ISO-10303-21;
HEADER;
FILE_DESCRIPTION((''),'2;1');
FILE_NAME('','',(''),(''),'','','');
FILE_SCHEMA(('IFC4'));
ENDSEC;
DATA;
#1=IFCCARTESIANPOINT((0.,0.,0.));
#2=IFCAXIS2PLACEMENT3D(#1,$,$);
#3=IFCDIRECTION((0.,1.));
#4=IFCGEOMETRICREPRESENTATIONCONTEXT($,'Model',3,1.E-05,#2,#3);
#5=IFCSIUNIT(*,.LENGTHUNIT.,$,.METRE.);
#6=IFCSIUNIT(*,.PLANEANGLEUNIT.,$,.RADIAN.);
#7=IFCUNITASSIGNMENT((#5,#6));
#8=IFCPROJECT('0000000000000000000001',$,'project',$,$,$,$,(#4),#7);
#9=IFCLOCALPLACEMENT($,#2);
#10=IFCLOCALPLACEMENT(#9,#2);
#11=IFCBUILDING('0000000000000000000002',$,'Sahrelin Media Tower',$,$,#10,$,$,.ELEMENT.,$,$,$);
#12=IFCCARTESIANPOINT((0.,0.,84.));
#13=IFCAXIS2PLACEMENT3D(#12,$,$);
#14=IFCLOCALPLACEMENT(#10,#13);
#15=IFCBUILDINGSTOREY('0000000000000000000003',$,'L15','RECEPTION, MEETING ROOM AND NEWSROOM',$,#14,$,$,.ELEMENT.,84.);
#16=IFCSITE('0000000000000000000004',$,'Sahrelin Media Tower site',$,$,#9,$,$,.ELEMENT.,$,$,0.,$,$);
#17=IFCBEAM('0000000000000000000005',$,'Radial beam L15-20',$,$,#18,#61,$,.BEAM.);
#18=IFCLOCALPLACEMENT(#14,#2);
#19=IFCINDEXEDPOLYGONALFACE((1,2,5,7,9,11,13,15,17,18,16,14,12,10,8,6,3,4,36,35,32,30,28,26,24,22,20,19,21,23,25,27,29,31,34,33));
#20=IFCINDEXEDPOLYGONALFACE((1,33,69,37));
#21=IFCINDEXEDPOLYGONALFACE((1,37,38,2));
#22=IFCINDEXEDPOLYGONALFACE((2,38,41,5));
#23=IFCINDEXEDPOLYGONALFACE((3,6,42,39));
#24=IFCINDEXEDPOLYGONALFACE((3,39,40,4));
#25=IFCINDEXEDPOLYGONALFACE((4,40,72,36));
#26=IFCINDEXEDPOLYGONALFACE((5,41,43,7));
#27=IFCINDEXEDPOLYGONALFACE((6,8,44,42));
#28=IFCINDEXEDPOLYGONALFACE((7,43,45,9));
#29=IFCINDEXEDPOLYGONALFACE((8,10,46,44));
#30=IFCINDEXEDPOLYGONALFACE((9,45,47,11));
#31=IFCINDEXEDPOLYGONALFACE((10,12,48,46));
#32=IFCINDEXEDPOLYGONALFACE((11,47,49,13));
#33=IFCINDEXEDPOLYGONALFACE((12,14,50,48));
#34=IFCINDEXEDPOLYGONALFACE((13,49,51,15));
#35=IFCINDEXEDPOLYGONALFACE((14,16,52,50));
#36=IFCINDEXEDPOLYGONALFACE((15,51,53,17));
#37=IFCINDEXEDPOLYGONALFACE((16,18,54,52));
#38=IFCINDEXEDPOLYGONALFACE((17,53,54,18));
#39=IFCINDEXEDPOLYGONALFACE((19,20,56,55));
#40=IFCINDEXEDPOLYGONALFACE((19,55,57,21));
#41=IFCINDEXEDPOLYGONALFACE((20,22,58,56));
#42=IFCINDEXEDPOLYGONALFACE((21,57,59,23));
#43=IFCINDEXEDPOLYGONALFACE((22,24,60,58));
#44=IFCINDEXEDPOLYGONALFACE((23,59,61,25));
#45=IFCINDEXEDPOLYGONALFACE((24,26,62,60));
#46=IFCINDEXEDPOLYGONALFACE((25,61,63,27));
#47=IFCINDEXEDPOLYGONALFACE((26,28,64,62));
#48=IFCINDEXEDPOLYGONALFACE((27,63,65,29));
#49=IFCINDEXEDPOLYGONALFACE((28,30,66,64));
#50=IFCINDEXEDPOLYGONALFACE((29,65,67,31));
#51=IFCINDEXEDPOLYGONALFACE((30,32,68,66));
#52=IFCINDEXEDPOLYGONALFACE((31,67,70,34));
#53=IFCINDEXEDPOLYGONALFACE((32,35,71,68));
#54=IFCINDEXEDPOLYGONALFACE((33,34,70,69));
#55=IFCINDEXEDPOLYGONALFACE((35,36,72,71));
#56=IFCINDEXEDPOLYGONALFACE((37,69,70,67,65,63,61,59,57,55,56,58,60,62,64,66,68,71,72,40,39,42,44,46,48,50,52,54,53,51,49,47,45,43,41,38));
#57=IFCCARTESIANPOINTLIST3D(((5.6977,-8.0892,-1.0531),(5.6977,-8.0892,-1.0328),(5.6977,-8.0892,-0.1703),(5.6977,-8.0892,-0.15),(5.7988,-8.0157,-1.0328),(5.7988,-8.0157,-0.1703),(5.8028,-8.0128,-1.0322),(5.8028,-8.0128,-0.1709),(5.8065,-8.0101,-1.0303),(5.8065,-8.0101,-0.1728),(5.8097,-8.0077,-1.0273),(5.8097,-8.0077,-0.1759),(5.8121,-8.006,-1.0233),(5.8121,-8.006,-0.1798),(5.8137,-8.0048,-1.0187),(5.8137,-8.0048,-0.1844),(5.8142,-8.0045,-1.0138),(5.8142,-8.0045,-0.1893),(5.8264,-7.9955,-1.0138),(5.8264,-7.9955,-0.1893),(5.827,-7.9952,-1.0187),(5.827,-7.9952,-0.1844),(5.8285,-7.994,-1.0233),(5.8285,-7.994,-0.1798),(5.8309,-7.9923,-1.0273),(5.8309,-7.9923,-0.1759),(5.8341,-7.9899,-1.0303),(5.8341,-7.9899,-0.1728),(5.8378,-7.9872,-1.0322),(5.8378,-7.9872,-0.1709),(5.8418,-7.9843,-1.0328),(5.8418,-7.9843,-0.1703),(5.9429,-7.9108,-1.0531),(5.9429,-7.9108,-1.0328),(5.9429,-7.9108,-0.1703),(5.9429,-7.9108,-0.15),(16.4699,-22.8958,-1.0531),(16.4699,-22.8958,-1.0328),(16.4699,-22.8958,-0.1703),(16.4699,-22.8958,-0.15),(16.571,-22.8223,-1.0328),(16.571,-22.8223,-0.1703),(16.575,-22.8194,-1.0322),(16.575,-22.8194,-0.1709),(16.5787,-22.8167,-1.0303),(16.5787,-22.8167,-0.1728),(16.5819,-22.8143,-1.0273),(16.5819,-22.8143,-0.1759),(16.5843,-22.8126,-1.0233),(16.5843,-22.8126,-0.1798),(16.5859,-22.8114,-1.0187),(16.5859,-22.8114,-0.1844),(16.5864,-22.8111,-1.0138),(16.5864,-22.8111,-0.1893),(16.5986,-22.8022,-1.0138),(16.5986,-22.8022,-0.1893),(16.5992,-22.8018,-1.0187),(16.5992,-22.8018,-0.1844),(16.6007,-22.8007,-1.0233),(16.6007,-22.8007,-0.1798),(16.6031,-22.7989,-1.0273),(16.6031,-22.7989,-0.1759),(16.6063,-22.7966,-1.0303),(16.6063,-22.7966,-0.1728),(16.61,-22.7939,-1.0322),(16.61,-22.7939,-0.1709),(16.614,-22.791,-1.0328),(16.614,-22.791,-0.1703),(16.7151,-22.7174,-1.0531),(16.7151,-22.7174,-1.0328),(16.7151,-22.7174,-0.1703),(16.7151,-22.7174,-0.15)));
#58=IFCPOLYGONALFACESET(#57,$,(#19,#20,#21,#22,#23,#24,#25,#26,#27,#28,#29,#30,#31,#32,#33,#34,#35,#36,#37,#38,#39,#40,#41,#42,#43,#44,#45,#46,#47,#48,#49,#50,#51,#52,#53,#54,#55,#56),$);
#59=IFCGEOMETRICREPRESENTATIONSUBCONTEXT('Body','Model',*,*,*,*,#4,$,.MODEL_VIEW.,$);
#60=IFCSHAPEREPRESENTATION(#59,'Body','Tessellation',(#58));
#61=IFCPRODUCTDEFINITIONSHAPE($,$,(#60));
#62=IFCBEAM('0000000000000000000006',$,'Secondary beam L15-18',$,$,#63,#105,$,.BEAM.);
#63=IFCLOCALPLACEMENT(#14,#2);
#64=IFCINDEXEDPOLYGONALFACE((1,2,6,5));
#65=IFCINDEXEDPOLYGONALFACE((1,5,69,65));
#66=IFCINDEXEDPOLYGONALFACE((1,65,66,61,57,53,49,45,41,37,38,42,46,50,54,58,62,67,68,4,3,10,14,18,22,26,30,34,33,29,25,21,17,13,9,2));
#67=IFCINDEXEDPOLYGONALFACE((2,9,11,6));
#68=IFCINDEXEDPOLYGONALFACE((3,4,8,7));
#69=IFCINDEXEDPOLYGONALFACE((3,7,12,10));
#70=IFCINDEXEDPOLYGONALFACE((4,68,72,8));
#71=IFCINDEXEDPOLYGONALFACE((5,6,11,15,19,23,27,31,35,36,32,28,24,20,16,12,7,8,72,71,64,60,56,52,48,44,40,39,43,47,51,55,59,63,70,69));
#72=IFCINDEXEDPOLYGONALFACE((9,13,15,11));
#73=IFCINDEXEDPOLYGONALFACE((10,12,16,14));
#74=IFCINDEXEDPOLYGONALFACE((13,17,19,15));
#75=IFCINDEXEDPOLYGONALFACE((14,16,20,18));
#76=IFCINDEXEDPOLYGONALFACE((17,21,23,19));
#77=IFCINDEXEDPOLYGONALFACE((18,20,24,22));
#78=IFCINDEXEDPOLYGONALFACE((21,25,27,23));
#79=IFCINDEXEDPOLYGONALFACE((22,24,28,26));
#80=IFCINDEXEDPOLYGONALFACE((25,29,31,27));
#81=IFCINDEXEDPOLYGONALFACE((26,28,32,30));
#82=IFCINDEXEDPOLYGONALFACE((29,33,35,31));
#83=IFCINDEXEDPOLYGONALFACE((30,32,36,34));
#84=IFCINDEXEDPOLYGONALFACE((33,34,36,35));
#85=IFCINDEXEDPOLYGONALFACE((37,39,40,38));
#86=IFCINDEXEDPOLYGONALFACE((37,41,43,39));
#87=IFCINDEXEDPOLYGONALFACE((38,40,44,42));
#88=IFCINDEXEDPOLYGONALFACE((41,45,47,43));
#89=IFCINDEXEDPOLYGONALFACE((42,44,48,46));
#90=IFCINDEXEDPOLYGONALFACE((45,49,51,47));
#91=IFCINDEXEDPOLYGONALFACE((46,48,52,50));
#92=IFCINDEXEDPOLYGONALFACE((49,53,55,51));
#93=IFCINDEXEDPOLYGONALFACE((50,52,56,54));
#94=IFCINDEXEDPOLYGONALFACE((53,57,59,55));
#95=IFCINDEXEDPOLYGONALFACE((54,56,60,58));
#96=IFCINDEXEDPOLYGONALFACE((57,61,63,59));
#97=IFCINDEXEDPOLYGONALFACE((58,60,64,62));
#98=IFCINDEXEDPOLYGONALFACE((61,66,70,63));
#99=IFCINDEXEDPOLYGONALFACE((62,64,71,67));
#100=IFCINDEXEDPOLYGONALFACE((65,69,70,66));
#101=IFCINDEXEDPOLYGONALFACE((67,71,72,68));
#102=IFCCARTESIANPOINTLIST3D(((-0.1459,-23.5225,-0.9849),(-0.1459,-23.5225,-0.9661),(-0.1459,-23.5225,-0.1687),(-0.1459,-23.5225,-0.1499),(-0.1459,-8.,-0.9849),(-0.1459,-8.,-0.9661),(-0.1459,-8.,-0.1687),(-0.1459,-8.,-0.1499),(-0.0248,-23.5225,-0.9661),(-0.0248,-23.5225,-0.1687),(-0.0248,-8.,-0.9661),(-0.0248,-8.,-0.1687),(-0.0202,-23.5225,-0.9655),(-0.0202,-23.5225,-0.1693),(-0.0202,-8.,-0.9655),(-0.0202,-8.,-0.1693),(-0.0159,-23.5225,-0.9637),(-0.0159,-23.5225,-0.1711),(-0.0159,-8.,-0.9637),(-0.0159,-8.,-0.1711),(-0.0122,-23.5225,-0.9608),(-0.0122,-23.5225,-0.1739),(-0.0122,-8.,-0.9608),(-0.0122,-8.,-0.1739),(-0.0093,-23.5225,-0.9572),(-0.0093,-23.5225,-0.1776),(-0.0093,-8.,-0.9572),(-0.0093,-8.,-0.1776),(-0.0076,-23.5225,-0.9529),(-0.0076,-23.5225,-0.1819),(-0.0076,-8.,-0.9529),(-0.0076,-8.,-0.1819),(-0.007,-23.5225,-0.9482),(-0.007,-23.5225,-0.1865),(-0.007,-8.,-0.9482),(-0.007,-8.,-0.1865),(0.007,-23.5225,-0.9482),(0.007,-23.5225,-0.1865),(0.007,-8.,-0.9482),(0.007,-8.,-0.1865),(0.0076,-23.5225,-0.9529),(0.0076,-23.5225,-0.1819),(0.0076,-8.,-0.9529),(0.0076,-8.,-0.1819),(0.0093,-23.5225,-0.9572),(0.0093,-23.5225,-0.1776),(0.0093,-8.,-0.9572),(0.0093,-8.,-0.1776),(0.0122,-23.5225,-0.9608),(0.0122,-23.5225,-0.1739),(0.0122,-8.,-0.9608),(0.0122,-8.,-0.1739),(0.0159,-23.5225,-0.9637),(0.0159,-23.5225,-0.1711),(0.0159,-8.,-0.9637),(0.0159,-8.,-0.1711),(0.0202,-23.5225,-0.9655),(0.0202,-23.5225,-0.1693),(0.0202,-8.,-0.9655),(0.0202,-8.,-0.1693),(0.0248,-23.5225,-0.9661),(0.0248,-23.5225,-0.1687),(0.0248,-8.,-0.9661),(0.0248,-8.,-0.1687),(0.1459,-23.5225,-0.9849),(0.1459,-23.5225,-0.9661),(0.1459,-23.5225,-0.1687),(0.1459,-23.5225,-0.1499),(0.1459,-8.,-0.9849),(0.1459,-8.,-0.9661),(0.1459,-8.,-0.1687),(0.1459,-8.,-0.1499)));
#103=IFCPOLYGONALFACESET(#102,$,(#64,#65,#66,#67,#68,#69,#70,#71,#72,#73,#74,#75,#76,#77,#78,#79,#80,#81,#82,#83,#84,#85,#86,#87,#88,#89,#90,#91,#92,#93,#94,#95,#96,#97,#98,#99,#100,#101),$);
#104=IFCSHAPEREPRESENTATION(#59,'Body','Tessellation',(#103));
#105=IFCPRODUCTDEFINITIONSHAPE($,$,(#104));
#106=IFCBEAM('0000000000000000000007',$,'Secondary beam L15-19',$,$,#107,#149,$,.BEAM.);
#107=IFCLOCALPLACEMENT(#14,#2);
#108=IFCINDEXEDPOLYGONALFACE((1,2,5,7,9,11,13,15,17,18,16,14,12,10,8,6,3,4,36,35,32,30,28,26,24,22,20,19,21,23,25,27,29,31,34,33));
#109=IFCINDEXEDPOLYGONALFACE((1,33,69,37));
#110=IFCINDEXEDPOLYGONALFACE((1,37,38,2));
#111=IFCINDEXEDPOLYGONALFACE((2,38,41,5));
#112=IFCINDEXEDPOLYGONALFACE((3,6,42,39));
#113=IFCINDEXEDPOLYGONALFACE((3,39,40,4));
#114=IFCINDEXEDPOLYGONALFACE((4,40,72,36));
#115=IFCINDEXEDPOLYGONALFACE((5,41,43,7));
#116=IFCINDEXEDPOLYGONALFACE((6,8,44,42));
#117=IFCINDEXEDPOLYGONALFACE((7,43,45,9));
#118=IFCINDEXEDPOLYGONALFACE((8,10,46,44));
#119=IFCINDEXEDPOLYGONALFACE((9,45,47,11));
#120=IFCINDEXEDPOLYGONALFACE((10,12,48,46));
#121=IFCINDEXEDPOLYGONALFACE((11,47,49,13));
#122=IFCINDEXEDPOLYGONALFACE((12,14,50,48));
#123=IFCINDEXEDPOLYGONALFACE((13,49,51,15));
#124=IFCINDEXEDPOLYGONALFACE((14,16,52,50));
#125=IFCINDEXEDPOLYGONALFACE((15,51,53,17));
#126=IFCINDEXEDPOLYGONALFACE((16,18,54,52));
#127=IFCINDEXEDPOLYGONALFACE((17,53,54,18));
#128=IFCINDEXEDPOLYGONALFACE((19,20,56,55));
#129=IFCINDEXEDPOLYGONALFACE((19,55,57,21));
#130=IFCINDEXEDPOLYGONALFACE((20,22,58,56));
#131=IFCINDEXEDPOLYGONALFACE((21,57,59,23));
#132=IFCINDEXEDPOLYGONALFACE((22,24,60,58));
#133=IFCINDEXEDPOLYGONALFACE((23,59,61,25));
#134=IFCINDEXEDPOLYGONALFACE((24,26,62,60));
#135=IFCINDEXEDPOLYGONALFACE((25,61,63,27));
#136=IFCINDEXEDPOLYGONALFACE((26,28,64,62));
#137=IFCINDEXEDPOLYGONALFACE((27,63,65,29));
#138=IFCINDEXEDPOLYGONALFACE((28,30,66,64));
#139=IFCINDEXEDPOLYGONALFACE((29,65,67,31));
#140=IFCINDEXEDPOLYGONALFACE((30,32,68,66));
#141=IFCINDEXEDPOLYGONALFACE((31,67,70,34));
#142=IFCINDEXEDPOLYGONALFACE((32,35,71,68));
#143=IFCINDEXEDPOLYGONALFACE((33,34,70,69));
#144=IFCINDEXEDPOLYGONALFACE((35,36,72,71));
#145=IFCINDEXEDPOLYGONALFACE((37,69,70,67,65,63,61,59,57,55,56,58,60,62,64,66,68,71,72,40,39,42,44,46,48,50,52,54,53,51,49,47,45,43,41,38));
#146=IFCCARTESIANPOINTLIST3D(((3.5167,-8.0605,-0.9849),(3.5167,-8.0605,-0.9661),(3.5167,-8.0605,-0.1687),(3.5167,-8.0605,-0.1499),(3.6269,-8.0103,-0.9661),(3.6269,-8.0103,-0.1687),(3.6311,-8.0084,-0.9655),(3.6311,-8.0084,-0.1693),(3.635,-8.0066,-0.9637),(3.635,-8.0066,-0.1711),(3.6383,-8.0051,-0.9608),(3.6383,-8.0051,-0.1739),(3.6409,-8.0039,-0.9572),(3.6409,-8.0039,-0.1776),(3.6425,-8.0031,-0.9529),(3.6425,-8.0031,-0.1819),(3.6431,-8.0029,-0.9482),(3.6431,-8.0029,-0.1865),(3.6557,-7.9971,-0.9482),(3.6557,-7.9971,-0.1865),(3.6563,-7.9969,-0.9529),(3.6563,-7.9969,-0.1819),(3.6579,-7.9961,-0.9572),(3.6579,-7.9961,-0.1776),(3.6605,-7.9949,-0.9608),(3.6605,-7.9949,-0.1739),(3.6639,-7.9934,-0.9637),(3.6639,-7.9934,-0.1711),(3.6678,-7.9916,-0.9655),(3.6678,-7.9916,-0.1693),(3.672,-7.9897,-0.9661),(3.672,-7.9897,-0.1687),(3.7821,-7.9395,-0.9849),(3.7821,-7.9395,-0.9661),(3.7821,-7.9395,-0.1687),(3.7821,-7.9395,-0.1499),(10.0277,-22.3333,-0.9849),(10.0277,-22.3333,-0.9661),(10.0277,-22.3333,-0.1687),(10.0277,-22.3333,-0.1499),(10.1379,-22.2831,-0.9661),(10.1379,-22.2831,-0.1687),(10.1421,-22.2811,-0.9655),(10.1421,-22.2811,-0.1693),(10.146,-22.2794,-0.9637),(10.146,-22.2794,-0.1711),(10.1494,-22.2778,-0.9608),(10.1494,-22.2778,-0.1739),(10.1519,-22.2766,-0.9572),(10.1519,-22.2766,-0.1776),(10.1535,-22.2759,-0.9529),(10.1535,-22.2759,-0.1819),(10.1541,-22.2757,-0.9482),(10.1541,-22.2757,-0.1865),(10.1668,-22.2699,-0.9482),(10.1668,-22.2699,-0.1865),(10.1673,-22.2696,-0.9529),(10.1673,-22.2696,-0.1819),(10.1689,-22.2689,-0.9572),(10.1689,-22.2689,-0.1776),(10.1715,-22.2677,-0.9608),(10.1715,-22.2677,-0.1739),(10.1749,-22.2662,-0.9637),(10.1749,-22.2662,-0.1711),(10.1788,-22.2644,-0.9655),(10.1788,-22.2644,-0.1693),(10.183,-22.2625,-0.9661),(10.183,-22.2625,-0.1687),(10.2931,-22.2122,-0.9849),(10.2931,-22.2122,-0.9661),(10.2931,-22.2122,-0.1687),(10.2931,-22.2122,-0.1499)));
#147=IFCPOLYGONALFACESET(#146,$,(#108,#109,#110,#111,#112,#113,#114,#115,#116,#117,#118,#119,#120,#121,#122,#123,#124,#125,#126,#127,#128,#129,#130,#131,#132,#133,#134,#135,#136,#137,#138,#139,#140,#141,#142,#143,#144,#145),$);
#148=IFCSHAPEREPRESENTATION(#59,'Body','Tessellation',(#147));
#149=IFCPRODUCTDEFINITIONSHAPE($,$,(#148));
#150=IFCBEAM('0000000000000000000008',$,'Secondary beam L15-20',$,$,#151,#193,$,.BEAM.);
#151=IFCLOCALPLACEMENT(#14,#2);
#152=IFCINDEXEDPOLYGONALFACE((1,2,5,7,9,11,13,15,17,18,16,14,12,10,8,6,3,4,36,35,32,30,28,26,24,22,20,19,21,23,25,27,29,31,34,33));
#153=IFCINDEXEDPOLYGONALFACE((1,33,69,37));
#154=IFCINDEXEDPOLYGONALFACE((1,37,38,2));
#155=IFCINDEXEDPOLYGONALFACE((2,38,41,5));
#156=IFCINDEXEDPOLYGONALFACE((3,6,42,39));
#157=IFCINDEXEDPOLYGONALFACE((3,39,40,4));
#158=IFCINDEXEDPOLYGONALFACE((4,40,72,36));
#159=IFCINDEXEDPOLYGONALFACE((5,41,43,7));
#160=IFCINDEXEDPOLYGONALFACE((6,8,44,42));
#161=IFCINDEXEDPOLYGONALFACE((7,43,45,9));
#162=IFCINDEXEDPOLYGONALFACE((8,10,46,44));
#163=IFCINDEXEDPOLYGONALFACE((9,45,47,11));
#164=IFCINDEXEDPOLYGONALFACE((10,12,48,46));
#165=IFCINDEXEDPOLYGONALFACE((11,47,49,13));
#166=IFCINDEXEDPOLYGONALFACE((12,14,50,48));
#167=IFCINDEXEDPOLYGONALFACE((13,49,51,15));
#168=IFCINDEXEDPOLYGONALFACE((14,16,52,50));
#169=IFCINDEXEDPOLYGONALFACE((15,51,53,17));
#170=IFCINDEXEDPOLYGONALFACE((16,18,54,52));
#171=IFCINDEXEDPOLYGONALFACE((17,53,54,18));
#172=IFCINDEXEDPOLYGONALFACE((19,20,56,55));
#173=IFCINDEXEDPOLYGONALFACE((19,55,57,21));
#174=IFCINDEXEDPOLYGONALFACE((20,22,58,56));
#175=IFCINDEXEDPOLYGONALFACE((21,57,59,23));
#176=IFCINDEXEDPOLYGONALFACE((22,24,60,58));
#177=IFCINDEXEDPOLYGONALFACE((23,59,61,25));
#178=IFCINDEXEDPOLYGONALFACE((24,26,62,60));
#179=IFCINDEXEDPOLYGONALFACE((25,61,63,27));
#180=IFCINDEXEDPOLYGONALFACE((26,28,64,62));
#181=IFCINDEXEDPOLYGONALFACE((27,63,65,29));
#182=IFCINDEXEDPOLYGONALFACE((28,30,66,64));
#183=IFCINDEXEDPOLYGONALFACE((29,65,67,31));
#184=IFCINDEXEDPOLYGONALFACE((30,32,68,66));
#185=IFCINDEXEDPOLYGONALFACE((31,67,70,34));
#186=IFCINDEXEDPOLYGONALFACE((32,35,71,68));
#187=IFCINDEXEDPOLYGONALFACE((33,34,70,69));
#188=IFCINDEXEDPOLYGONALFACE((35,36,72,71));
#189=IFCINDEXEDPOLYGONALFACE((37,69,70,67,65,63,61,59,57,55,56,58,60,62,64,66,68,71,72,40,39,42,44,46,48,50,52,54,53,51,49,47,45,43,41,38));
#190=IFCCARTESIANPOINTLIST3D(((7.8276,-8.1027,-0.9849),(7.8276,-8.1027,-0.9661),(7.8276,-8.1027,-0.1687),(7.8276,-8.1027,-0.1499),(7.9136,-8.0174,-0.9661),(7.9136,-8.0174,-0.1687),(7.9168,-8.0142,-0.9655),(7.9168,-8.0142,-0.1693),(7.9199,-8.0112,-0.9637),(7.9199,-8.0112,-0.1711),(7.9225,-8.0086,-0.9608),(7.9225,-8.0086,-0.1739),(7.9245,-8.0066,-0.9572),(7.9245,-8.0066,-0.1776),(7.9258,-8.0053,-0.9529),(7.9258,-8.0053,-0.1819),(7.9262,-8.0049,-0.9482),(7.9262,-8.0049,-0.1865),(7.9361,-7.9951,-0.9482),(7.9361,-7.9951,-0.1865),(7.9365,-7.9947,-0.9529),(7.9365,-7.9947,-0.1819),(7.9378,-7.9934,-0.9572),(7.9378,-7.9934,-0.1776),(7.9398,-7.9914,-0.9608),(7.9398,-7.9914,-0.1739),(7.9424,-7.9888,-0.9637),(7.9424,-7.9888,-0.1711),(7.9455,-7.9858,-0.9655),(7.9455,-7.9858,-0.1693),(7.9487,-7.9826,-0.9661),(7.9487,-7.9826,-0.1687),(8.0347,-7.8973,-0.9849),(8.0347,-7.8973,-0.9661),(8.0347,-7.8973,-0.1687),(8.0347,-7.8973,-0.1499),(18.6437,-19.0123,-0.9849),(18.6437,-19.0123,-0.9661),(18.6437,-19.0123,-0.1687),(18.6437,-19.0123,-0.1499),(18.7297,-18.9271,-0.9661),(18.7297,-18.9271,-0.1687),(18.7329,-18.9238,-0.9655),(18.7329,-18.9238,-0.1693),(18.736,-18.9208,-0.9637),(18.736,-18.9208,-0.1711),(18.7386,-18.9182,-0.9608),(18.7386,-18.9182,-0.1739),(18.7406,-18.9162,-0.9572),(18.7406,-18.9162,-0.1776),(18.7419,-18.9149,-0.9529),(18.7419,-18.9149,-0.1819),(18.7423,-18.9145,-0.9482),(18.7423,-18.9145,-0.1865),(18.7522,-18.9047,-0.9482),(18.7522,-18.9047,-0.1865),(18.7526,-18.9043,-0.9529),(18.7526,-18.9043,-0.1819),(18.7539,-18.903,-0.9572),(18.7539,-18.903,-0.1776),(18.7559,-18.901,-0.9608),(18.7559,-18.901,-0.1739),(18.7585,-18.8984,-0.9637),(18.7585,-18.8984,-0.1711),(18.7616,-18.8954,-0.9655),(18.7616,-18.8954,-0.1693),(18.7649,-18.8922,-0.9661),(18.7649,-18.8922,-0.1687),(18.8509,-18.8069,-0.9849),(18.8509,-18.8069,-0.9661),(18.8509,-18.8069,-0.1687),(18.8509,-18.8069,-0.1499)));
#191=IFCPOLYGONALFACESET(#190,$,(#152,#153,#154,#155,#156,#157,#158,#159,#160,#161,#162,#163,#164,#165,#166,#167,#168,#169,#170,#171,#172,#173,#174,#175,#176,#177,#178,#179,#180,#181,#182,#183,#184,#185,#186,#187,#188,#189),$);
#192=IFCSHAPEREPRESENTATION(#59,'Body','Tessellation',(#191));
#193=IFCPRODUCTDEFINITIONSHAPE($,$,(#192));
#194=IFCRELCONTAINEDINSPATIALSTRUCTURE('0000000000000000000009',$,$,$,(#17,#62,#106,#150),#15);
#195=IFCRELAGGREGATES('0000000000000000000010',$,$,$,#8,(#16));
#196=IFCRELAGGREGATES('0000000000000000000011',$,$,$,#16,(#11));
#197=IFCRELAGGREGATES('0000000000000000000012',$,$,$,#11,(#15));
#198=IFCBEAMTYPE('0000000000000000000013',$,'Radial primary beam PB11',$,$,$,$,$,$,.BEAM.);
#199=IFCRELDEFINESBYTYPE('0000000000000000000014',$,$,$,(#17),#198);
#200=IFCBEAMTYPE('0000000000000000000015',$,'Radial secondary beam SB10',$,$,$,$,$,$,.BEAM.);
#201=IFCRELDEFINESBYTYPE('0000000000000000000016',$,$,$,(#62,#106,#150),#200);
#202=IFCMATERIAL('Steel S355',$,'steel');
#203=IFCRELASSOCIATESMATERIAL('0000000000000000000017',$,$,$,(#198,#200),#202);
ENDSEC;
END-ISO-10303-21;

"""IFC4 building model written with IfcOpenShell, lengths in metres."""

from ifc_helpers import new_model, si_unit, direction, frame, origin, origin_2d, place, context, subcontext, project, spatial, i_section, extrude, material, material_profile, profile_set, type_object, element, save


model = new_model("IFC4")

# Units and contexts
model_context = context("Model", 3, precision=1e-05, world=origin(), true_north=direction((0.0, 1.0)))
body_context = subcontext(model_context, "Body", "Model", "MODEL_VIEW")
ifc_project = project(units=[si_unit("LENGTHUNIT", "METRE"), si_unit("PLANEANGLEUNIT", "RADIAN")], contexts=[model_context])

# Site, building, storey
site_placement = place(None, origin())
site = spatial("IfcSite", under=ifc_project, at=site_placement, Name="Sahrelin Media Tower site", CompositionType="ELEMENT", RefElevation=0.0)
building_placement = place(site_placement, origin())
building = spatial("IfcBuilding", under=site, at=building_placement, Name="Sahrelin Media Tower", CompositionType="ELEMENT")
storey_placement = place(building_placement, frame((0.0, 0.0, 84.0)))
storey = spatial("IfcBuildingStorey", under=building, at=storey_placement, Name="L15", Description="RECEPTION, MEETING ROOM AND NEWSROOM", CompositionType="ELEMENT", Elevation=84.0)

# Shared definitions
ifc_material_1 = material(Name="Steel S355", Category="steel")

# Beams
ifc_material_profile_1 = material_profile(ifc_material_1, i_section(OverallWidth=0.3032, OverallDepth=0.9031, WebThickness=0.0151, FlangeThickness=0.0203, FilletRadius=0.019, at=origin_2d()), Name="UB 914x305x201")
ifc_profile_set_1 = profile_set([ifc_material_profile_1], Name="Steel S355")
beam_type_1 = type_object("IfcBeamType", Name="Radial primary beam PB11", PredefinedType="BEAM", material=ifc_profile_set_1)
beam_1_placement = place(storey_placement, frame((5.8203, -8.0, -0.6016), z_axis=(0.588306, -0.808639, 0.0), x_axis=(0.808639, 0.588306, 0.0)))
element("IfcBeam", 1, at=beam_1_placement, inside=storey, type_object=beam_type_1, Name="Radial beam L15-20", PredefinedType="BEAM", context=body_context, shape_type="SweptSolid", body=[
    extrude(i_section(OverallWidth=0.3032, OverallDepth=0.9031, WebThickness=0.0151, FlangeThickness=0.0203, FilletRadius=0.019, at=origin_2d()), origin(), (0.0, 0.0, 1.0), 18.3105),
])
ifc_material_profile_2 = material_profile(ifc_material_1, i_section(OverallWidth=0.2917, OverallDepth=0.835, WebThickness=0.0139, FlangeThickness=0.0188, FilletRadius=0.0178, at=origin_2d()), Name="UB 838x292x176")
ifc_profile_set_2 = profile_set([ifc_material_profile_2], Name="Steel S355")
beam_type_2 = type_object("IfcBeamType", Name="Radial secondary beam SB10", PredefinedType="BEAM", material=ifc_profile_set_2)
beam_2_placement = place(storey_placement, frame((0.0, -8.0, -0.5674), z_axis=(0.0, -1.0, 0.0), x_axis=(1.0, 0.0, 0.0)))
element("IfcBeam", 2, at=beam_2_placement, inside=storey, type_object=beam_type_2, Name="Secondary beam L15-18", PredefinedType="BEAM", context=body_context, shape_type="SweptSolid", body=[
    extrude(i_section(OverallWidth=0.2917, OverallDepth=0.835, WebThickness=0.0139, FlangeThickness=0.0188, FilletRadius=0.0178, at=origin_2d()), origin(), (0.0, 0.0, 1.0), 15.5225),
])
beam_3_placement = place(storey_placement, frame((3.6494, -8.0, -0.5674), z_axis=(0.415038, -0.909804, 0.0), x_axis=(0.909804, 0.415038, 0.0)))
element("IfcBeam", 3, at=beam_3_placement, inside=storey, type_object=beam_type_2, Name="Secondary beam L15-19", PredefinedType="BEAM", context=body_context, shape_type="SweptSolid", body=[
    extrude(i_section(OverallWidth=0.2917, OverallDepth=0.835, WebThickness=0.0139, FlangeThickness=0.0188, FilletRadius=0.0178, at=origin_2d()), origin(), (0.0, 0.0, 1.0), 15.6877),
])
beam_4_placement = place(storey_placement, frame((7.9312, -8.0, -0.5674), z_axis=(0.704057, -0.710144, 0.0), x_axis=(0.710144, 0.704057, 0.0)))
element("IfcBeam", 4, at=beam_4_placement, inside=storey, type_object=beam_type_2, Name="Secondary beam L15-20", PredefinedType="BEAM", context=body_context, shape_type="SweptSolid", body=[
    extrude(i_section(OverallWidth=0.2917, OverallDepth=0.835, WebThickness=0.0139, FlangeThickness=0.0188, FilletRadius=0.0178, at=origin_2d()), origin(), (0.0, 0.0, 1.0), 15.3625),
])

save(model, "model.ifc")
